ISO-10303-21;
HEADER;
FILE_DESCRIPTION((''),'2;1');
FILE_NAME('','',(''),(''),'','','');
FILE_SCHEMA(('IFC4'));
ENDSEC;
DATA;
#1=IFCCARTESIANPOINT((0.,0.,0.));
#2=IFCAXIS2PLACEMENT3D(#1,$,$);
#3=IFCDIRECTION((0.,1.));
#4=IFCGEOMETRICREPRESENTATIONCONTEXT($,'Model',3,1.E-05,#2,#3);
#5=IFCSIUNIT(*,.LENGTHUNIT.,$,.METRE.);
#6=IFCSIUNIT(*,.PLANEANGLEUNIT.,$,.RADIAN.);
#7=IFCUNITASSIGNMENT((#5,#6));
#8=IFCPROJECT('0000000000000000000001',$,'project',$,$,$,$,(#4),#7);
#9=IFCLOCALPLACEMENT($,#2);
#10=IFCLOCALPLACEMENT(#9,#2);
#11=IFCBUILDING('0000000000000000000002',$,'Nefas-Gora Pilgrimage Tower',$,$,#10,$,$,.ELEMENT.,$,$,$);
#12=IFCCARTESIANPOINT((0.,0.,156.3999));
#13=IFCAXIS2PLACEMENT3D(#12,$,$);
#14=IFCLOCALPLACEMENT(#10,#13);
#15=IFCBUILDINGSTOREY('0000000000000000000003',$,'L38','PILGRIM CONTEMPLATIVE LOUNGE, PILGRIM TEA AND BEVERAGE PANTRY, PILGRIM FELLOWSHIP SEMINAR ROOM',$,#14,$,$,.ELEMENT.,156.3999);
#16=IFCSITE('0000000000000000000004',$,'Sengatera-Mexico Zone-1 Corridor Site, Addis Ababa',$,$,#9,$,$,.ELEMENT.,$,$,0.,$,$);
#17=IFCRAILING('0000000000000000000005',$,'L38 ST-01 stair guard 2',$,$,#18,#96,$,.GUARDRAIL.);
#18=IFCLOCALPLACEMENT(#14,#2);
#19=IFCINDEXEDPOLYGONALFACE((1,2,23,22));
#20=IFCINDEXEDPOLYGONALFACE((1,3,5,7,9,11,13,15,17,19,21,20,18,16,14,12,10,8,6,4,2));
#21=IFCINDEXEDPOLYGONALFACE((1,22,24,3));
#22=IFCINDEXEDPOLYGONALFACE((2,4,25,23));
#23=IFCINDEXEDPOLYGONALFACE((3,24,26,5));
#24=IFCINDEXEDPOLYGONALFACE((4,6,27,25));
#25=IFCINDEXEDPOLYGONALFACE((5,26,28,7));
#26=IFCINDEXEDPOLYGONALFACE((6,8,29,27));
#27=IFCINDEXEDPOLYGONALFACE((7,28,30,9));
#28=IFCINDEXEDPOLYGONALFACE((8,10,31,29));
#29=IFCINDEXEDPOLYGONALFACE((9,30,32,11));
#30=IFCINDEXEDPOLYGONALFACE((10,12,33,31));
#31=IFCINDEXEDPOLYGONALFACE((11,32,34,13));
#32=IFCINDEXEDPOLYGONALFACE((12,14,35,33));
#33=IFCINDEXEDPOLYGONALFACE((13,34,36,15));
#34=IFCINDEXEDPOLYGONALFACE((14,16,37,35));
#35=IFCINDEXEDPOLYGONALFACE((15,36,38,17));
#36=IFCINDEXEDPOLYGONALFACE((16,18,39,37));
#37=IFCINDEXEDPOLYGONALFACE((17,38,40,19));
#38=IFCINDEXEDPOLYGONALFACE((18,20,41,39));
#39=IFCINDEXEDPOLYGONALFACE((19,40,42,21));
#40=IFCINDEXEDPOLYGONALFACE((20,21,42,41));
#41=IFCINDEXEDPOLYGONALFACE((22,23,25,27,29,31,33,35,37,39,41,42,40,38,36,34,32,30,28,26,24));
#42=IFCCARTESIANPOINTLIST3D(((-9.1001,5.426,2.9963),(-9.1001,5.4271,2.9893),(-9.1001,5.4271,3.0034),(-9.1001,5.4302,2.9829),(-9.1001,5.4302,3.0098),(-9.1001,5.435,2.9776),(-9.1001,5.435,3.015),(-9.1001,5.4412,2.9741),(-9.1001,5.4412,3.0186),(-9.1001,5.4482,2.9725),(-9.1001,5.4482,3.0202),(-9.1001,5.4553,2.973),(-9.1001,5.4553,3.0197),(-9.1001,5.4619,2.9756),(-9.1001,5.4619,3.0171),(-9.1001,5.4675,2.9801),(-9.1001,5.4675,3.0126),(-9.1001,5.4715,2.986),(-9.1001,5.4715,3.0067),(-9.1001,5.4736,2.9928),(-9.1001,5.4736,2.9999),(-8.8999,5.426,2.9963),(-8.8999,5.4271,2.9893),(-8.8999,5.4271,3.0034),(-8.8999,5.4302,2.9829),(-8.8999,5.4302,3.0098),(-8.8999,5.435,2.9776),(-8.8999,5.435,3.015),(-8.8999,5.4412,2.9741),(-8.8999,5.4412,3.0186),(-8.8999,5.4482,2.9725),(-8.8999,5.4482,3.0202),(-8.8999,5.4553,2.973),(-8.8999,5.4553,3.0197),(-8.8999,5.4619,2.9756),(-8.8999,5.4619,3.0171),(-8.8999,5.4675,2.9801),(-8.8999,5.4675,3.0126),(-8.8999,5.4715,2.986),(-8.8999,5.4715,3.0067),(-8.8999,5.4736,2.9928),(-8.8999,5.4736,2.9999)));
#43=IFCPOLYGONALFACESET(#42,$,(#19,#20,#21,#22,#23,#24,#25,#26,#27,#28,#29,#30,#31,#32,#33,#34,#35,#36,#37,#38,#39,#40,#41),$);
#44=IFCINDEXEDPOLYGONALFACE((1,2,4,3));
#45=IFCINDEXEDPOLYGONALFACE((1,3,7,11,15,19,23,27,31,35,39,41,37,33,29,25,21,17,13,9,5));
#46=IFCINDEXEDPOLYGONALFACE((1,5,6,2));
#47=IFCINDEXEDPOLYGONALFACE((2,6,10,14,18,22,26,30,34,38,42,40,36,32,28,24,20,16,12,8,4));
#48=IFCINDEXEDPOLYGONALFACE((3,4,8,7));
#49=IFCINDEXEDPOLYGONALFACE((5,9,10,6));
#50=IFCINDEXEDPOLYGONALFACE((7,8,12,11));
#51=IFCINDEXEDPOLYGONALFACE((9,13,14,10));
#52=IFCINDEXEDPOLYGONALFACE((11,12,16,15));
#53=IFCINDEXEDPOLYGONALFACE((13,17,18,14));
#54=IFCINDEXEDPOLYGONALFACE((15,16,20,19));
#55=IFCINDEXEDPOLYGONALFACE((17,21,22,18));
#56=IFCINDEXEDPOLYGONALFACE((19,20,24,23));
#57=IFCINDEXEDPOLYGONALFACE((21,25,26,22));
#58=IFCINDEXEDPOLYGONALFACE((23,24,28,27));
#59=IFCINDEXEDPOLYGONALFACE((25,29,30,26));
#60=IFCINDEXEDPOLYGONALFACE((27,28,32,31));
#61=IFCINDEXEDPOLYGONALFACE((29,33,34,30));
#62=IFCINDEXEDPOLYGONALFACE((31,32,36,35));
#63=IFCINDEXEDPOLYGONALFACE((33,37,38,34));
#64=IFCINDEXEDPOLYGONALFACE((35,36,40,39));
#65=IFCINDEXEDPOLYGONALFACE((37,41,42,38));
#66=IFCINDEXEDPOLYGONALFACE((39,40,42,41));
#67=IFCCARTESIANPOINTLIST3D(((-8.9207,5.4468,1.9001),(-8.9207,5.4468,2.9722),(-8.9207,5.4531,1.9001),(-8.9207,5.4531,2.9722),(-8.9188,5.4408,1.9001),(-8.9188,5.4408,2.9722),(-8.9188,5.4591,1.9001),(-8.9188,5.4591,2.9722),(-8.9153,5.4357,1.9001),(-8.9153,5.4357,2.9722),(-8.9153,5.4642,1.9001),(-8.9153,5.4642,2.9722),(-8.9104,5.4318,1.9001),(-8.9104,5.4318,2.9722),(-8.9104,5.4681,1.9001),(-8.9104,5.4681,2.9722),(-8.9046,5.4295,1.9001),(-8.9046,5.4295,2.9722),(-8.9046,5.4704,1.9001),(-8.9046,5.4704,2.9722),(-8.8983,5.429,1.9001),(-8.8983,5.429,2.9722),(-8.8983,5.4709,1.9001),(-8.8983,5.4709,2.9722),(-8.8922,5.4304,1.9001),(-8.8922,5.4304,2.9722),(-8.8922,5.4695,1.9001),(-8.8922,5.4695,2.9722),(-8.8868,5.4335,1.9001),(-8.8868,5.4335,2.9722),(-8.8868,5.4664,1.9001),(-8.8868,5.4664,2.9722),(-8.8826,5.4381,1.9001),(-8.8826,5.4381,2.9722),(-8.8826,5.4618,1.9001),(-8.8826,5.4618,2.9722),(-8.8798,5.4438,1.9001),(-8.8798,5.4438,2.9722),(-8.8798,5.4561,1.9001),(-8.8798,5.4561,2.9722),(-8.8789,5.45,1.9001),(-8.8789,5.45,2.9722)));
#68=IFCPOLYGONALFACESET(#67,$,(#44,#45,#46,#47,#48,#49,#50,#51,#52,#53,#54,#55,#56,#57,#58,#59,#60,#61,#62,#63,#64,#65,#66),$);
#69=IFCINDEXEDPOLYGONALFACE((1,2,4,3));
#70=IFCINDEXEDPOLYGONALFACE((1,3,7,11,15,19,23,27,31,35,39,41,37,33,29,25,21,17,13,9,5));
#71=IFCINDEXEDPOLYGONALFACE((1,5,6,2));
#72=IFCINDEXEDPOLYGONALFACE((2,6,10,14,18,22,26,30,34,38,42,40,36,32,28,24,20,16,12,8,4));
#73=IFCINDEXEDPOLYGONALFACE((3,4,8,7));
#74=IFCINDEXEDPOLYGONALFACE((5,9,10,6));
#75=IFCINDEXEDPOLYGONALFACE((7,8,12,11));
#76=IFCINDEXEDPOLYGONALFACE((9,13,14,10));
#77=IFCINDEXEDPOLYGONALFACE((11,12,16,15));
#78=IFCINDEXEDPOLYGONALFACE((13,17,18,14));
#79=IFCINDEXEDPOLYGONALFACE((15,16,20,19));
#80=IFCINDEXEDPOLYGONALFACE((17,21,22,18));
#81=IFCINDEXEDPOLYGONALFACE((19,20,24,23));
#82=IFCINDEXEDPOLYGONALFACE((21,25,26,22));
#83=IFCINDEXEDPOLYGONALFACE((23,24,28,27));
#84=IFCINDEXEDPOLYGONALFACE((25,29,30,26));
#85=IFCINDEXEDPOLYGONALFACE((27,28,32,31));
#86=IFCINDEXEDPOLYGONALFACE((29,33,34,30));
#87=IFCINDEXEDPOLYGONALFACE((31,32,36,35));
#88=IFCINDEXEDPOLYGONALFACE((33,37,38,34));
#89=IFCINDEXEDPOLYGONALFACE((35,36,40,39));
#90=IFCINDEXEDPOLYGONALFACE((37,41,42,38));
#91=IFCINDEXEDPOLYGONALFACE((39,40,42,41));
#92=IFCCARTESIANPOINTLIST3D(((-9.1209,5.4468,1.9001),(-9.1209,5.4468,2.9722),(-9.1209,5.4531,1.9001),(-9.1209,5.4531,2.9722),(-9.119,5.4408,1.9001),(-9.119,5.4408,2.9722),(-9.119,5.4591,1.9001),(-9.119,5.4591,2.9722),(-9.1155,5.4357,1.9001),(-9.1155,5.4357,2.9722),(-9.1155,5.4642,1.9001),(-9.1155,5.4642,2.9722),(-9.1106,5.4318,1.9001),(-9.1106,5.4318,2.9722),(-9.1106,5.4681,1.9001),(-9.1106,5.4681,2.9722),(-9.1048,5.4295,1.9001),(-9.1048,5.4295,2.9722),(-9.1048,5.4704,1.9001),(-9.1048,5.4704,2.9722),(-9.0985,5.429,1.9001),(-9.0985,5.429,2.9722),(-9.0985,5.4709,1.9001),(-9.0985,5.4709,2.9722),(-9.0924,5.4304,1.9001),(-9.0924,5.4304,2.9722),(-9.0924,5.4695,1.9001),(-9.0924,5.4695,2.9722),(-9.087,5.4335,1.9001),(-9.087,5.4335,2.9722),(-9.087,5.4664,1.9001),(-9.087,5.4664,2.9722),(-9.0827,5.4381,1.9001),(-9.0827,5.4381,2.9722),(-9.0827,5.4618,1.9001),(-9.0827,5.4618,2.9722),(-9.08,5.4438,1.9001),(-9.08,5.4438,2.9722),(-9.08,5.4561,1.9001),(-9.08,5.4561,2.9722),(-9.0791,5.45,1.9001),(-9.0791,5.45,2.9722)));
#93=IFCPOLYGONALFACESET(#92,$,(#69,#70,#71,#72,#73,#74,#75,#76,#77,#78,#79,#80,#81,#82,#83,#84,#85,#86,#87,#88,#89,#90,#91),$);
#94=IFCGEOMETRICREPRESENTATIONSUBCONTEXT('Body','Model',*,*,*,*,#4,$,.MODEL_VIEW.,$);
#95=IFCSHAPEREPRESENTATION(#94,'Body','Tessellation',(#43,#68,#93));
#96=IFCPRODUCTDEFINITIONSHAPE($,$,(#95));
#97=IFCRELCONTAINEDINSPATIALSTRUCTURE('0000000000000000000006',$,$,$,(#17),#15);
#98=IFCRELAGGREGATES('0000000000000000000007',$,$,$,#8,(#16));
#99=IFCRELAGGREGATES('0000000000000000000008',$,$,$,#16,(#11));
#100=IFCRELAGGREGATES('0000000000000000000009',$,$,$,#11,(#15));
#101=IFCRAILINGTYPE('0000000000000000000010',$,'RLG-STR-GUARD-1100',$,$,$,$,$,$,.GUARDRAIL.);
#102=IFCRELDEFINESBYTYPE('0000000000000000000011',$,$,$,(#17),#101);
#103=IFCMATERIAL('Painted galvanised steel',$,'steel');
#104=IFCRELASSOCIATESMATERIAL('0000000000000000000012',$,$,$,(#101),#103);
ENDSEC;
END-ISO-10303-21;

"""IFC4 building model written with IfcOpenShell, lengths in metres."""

from ifc_helpers import new_model, si_unit, direction, frame, origin, origin_2d, place, context, subcontext, project, spatial, circle, extrude, material, type_object, element, save


model = new_model("IFC4")

# Units and contexts
model_context = context("Model", 3, precision=1e-05, world=origin(), true_north=direction((0.0, 1.0)))
body_context = subcontext(model_context, "Body", "Model", "MODEL_VIEW")
ifc_project = project(units=[si_unit("LENGTHUNIT", "METRE"), si_unit("PLANEANGLEUNIT", "RADIAN")], contexts=[model_context])

# Site, building, storey
site_placement = place(None, origin())
site = spatial("IfcSite", under=ifc_project, at=site_placement, Name="Sengatera-Mexico Zone-1 Corridor Site, Addis Ababa", CompositionType="ELEMENT", RefElevation=0.0)
building_placement = place(site_placement, origin())
building = spatial("IfcBuilding", under=site, at=building_placement, Name="Nefas-Gora Pilgrimage Tower", CompositionType="ELEMENT")
storey_placement = place(building_placement, frame((0.0, 0.0, 156.3999)))
storey = spatial("IfcBuildingStorey", under=building, at=storey_placement, Name="L38", Description="PILGRIM CONTEMPLATIVE LOUNGE, PILGRIM TEA AND BEVERAGE PANTRY, PILGRIM FELLOWSHIP SEMINAR ROOM", CompositionType="ELEMENT", Elevation=156.3999)

# Railing
ifc_material_1 = material(Name="Painted galvanised steel", Category="steel")
railing_type_1 = type_object("IfcRailingType", Name="RLG-STR-GUARD-1100", PredefinedType="GUARDRAIL", material=ifc_material_1)
railing_1_placement = place(storey_placement, frame((-8.8999, 5.45, 1.9001)))
element("IfcRailing", 1, at=railing_1_placement, inside=storey, type_object=railing_type_1, Name="L38 ST-01 stair guard 2", PredefinedType="GUARDRAIL", context=body_context, shape_type="SweptSolid", body=[
    extrude(circle(Radius=0.0239, at=origin_2d()), frame((0.0, 0.0, 1.0962), z_axis=(-1.0, 0.0, 0.0), x_axis=(0.0, -1.0, 0.0)), (0.0, 0.0, 1.0), 0.2002),
    extrude(circle(Radius=0.021, at=origin_2d()), origin(), (0.0, 0.0, 1.0), 1.072),
    extrude(circle(Radius=0.021, at=origin_2d()), frame((-0.2002, 0.0, 0.0)), (0.0, 0.0, 1.0), 1.072),
])

save(model, "model.ifc")
